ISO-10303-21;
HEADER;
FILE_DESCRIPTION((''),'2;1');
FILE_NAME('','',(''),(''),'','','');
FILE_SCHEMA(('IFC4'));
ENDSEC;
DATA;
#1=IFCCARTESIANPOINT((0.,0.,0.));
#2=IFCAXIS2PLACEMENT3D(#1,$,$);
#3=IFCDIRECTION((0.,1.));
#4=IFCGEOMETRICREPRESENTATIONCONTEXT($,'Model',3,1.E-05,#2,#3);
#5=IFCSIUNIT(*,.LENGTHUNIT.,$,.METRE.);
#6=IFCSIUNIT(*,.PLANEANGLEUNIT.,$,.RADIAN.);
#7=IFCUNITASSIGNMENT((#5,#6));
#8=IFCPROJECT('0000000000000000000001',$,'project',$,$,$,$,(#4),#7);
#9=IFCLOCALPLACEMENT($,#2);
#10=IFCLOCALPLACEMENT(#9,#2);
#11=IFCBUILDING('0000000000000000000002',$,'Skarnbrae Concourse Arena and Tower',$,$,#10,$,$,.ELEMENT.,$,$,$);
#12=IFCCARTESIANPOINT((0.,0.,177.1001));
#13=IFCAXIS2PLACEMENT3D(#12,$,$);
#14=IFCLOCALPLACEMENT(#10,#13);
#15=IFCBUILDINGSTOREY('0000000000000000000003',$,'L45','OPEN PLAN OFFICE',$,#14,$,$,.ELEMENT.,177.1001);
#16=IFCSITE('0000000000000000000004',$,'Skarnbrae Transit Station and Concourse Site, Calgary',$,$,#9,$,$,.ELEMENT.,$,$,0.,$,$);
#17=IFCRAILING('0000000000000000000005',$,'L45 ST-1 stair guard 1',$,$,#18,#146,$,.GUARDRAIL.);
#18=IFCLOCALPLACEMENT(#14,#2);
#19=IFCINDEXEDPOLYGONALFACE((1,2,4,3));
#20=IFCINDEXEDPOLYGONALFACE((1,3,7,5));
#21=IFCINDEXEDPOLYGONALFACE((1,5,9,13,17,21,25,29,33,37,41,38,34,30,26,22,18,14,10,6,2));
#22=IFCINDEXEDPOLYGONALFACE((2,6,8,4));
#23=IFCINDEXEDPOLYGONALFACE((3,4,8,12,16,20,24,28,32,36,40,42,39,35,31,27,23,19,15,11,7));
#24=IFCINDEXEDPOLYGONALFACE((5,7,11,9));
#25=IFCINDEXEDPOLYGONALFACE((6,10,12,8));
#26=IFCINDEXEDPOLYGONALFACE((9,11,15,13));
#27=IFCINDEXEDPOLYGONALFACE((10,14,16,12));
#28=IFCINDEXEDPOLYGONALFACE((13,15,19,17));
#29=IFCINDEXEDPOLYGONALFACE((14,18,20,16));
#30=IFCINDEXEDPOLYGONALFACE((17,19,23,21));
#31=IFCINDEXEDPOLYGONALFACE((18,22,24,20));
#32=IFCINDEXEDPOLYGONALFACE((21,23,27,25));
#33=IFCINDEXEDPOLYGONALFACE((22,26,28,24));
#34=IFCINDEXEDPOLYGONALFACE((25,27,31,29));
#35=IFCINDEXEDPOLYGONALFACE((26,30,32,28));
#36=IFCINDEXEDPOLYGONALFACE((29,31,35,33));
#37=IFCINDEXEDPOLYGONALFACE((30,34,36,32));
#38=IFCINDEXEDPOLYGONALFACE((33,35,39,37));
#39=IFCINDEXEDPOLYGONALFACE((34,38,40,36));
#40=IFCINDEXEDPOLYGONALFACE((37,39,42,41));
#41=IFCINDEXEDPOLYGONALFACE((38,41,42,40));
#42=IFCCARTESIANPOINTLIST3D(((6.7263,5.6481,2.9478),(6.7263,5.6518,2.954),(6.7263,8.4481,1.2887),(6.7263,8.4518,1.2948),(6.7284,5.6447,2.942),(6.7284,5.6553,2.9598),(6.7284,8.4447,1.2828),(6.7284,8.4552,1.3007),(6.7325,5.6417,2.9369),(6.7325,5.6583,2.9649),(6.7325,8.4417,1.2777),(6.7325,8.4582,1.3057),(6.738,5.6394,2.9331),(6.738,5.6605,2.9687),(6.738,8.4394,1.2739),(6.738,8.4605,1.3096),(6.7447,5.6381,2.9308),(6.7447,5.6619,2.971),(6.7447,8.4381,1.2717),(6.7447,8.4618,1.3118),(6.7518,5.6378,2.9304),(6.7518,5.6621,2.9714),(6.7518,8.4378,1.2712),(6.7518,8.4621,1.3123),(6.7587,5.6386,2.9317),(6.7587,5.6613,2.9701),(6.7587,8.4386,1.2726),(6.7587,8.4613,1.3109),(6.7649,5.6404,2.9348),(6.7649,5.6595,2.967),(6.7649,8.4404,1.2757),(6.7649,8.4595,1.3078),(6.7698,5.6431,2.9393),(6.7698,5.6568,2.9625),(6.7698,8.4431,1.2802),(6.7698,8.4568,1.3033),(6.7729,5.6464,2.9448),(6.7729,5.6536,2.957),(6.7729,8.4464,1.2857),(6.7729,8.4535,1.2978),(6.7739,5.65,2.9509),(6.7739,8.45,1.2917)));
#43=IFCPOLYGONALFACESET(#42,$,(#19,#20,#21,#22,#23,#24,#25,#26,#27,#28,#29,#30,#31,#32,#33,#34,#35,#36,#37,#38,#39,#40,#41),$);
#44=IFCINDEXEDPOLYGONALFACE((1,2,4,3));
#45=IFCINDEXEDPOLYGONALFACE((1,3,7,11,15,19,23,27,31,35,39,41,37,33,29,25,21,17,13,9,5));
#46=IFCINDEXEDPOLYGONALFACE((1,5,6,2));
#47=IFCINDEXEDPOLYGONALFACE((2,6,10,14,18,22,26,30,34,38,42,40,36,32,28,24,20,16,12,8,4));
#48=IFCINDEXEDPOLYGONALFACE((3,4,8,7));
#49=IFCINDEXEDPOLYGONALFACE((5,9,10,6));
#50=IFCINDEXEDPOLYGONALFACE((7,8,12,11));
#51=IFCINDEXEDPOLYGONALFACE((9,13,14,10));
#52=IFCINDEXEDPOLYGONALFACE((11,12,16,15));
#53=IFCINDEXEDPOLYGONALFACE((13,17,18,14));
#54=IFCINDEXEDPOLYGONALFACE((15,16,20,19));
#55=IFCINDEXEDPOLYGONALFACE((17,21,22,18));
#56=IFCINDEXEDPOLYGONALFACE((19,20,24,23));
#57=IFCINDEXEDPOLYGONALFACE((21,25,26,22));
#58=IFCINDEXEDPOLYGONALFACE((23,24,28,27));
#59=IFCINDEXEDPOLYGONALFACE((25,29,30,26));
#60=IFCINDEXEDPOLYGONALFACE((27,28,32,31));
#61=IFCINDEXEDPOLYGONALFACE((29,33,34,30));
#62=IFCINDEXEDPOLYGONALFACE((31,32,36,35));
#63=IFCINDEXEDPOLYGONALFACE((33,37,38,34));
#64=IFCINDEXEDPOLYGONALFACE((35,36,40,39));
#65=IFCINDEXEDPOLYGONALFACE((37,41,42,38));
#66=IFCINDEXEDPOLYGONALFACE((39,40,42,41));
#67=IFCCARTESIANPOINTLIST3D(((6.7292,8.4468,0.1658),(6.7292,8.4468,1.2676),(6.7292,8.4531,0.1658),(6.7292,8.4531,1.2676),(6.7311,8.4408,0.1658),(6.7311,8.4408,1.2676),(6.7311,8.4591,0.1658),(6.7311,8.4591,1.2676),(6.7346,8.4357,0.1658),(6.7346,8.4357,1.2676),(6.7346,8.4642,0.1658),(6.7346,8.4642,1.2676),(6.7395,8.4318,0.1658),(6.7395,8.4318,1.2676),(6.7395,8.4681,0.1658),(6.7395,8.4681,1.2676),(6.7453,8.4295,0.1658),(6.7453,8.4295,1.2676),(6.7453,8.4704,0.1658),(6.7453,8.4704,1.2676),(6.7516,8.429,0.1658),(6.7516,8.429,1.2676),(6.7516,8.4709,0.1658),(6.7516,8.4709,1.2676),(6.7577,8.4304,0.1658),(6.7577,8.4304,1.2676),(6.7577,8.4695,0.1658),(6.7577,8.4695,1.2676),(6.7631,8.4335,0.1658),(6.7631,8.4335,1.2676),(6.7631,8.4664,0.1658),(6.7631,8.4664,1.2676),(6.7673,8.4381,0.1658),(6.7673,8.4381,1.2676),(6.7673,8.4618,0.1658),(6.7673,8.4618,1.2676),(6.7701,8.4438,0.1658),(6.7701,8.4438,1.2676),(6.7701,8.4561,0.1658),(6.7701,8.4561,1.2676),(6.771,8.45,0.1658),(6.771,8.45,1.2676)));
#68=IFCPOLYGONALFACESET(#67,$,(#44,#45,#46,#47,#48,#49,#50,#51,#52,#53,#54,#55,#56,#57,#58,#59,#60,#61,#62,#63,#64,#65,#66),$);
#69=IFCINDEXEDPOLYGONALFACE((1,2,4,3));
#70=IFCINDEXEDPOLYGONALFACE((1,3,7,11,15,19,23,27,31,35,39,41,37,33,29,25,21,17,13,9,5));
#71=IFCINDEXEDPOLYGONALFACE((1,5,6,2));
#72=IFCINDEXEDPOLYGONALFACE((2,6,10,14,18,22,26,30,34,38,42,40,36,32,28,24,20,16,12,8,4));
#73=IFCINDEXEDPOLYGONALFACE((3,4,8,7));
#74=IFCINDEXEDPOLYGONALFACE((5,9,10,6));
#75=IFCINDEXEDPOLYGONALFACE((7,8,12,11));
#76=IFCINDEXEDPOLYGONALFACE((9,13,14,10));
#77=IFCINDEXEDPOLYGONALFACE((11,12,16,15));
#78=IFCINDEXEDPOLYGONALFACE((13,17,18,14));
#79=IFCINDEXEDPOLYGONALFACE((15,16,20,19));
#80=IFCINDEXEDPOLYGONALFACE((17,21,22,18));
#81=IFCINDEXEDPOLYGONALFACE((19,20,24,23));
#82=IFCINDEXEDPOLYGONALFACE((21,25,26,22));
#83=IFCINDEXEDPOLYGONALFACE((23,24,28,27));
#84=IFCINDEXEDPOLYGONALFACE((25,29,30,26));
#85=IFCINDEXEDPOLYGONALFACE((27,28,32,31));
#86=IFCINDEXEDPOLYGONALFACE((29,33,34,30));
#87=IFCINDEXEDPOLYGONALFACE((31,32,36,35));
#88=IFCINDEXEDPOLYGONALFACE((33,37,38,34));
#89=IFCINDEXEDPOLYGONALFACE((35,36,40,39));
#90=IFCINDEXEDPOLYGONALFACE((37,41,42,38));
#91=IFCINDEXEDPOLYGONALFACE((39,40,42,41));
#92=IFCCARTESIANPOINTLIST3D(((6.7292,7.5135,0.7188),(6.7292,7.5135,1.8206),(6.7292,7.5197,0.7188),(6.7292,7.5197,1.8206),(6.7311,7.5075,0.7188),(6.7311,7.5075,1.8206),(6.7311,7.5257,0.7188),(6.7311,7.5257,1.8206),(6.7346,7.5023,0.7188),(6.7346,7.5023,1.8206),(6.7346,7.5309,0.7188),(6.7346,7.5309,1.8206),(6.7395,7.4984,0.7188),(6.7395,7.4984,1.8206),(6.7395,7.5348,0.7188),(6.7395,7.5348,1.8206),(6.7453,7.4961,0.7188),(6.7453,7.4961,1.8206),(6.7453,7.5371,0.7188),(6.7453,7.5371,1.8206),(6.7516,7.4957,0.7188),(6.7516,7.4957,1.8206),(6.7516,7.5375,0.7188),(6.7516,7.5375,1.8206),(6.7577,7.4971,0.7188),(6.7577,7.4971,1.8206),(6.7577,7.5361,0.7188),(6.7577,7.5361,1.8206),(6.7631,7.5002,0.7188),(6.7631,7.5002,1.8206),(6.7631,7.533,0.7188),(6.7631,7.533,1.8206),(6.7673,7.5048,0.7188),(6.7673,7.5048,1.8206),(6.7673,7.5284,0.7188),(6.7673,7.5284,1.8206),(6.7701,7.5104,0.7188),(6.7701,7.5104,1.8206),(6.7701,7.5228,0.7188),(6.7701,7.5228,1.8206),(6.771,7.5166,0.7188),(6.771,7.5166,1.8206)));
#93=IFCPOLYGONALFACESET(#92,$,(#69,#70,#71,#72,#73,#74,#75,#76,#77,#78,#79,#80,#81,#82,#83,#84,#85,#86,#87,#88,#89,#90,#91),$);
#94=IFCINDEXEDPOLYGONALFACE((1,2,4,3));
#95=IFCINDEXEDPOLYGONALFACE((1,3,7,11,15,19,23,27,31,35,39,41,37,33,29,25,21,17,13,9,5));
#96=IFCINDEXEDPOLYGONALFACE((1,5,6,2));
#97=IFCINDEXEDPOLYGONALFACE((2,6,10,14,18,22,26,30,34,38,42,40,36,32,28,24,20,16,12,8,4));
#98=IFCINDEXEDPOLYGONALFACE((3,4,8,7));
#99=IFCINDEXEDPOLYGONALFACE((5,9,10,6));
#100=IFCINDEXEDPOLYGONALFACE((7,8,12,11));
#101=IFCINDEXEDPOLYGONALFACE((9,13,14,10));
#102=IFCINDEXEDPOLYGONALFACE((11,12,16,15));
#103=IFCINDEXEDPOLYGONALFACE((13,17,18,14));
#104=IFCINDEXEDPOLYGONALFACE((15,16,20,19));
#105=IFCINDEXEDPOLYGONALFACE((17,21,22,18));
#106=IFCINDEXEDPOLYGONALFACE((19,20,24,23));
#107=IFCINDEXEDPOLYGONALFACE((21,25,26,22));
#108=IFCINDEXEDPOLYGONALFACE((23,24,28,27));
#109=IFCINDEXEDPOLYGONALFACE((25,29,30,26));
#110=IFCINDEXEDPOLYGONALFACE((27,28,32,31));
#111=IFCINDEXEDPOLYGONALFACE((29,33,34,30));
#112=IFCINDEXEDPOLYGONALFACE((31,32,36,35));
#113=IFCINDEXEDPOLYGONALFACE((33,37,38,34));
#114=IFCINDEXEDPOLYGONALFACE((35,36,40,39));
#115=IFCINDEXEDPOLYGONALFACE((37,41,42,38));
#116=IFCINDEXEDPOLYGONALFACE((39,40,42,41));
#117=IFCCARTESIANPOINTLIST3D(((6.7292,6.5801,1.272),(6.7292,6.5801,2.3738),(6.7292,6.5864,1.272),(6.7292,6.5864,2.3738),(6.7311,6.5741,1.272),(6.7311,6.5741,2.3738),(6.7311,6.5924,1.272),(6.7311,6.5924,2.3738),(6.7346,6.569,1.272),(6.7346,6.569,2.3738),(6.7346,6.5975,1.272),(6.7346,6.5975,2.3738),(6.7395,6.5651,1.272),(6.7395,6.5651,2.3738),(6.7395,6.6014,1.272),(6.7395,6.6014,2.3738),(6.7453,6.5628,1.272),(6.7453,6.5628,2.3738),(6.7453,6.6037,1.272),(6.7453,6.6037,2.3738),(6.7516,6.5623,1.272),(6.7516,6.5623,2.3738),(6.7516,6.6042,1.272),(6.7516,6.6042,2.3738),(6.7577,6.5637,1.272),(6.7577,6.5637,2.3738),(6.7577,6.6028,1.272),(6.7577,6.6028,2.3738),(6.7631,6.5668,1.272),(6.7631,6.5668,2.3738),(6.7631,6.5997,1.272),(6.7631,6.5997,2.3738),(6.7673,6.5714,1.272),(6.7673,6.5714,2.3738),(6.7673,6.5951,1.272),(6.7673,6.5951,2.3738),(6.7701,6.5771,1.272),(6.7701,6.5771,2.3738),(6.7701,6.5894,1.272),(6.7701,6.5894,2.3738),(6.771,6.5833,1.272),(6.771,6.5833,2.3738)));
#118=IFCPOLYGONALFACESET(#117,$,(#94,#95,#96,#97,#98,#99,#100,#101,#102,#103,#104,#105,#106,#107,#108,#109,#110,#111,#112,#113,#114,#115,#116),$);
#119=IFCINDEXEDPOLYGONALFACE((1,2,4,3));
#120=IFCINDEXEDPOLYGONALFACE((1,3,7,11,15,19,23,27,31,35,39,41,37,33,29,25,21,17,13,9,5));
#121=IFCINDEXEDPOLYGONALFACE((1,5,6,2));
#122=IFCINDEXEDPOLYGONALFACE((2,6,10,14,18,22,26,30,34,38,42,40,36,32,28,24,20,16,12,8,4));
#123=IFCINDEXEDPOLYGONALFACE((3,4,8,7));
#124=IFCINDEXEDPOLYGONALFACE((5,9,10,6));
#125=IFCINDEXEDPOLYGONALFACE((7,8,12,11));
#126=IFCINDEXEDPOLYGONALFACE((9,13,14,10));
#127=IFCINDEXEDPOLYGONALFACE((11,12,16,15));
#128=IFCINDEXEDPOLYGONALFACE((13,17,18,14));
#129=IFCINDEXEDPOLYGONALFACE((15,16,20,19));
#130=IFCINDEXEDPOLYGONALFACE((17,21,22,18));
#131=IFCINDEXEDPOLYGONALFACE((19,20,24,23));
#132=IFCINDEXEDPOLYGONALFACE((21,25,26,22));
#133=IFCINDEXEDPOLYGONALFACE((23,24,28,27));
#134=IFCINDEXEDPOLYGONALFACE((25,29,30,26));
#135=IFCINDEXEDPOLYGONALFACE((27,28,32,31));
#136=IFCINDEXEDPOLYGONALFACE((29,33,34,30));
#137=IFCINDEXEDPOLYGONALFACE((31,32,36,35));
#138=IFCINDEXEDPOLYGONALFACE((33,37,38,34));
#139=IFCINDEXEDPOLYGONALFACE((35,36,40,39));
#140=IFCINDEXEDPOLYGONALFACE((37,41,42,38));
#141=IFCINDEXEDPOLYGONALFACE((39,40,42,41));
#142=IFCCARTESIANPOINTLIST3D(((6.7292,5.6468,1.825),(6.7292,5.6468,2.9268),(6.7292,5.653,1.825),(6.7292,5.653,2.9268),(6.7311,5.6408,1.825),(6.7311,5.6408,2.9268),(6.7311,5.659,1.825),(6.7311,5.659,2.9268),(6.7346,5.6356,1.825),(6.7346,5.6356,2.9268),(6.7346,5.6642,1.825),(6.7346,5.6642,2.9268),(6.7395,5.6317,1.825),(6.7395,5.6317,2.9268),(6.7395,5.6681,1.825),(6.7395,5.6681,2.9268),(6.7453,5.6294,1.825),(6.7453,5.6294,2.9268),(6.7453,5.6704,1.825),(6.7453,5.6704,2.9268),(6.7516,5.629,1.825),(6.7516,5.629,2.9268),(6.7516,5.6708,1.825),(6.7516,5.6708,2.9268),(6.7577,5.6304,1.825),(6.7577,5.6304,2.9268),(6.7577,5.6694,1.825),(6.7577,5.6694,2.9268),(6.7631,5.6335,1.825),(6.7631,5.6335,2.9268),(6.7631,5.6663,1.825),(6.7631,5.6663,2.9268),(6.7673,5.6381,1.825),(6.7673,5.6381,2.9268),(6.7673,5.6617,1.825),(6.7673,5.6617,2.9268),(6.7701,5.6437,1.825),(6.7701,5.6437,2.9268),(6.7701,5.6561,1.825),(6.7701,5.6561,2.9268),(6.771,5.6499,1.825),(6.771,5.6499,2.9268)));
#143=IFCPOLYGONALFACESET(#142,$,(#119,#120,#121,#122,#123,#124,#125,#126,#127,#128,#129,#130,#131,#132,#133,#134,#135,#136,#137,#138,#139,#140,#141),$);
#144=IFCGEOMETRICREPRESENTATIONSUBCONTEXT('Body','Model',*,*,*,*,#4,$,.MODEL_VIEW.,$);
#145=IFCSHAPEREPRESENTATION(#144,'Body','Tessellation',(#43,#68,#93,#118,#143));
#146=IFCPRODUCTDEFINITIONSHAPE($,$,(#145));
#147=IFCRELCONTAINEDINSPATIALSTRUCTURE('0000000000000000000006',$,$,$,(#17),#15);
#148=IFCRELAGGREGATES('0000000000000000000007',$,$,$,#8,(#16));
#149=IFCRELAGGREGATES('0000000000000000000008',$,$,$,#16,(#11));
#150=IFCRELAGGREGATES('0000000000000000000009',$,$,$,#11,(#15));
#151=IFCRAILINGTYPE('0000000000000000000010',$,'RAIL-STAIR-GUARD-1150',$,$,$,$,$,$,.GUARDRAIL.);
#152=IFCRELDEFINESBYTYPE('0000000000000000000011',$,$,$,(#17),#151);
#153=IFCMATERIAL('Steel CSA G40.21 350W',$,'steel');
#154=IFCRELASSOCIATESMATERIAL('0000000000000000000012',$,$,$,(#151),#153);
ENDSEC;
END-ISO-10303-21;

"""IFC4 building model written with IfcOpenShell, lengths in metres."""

from ifc_helpers import new_model, si_unit, direction, frame, origin, origin_2d, place, context, subcontext, project, spatial, circle, extrude, material, type_object, element, save


model = new_model("IFC4")

# Units and contexts
model_context = context("Model", 3, precision=1e-05, world=origin(), true_north=direction((0.0, 1.0)))
body_context = subcontext(model_context, "Body", "Model", "MODEL_VIEW")
ifc_project = project(units=[si_unit("LENGTHUNIT", "METRE"), si_unit("PLANEANGLEUNIT", "RADIAN")], contexts=[model_context])

# Site, building, storey
site_placement = place(None, origin())
site = spatial("IfcSite", under=ifc_project, at=site_placement, Name="Skarnbrae Transit Station and Concourse Site, Calgary", CompositionType="ELEMENT", RefElevation=0.0)
building_placement = place(site_placement, origin())
building = spatial("IfcBuilding", under=site, at=building_placement, Name="Skarnbrae Concourse Arena and Tower", CompositionType="ELEMENT")
storey_placement = place(building_placement, frame((0.0, 0.0, 177.1001)))
storey = spatial("IfcBuildingStorey", under=building, at=storey_placement, Name="L45", Description="OPEN PLAN OFFICE", CompositionType="ELEMENT", Elevation=177.1001)

# Shared definitions
ifc_material_1 = material(Name="Steel CSA G40.21 350W", Category="steel")

# Railing
railing_type_1 = type_object("IfcRailingType", Name="RAIL-STAIR-GUARD-1150", PredefinedType="GUARDRAIL", material=ifc_material_1)
railing_1_placement = place(storey_placement, frame((6.75, 8.45, 0.1658)))
element("IfcRailing", 1, at=railing_1_placement, inside=storey, type_object=railing_type_1, Name="L45 ST-1 stair guard 1", PredefinedType="GUARDRAIL", context=body_context, shape_type="SweptSolid", body=[
    extrude(circle(Radius=0.0239, at=origin_2d()), frame((0.0, 0.0, 1.126), z_axis=(0.0, -0.860306, 0.509778), x_axis=(1.0, 0.0, 0.0)), (0.0, 0.0, 1.0), 3.2546),
    extrude(circle(Radius=0.021, at=origin_2d()), origin(), (0.0, 0.0, 1.0), 1.1018),
    extrude(circle(Radius=0.021, at=origin_2d()), frame((0.0, -0.9333, 0.553)), (0.0, 0.0, 1.0), 1.1018),
    extrude(circle(Radius=0.021, at=origin_2d()), frame((0.0, -1.8667, 1.1062)), (0.0, 0.0, 1.0), 1.1018),
    extrude(circle(Radius=0.021, at=origin_2d()), frame((0.0, -2.8, 1.6592)), (0.0, 0.0, 1.0), 1.1018),
])

save(model, "model.ifc")
